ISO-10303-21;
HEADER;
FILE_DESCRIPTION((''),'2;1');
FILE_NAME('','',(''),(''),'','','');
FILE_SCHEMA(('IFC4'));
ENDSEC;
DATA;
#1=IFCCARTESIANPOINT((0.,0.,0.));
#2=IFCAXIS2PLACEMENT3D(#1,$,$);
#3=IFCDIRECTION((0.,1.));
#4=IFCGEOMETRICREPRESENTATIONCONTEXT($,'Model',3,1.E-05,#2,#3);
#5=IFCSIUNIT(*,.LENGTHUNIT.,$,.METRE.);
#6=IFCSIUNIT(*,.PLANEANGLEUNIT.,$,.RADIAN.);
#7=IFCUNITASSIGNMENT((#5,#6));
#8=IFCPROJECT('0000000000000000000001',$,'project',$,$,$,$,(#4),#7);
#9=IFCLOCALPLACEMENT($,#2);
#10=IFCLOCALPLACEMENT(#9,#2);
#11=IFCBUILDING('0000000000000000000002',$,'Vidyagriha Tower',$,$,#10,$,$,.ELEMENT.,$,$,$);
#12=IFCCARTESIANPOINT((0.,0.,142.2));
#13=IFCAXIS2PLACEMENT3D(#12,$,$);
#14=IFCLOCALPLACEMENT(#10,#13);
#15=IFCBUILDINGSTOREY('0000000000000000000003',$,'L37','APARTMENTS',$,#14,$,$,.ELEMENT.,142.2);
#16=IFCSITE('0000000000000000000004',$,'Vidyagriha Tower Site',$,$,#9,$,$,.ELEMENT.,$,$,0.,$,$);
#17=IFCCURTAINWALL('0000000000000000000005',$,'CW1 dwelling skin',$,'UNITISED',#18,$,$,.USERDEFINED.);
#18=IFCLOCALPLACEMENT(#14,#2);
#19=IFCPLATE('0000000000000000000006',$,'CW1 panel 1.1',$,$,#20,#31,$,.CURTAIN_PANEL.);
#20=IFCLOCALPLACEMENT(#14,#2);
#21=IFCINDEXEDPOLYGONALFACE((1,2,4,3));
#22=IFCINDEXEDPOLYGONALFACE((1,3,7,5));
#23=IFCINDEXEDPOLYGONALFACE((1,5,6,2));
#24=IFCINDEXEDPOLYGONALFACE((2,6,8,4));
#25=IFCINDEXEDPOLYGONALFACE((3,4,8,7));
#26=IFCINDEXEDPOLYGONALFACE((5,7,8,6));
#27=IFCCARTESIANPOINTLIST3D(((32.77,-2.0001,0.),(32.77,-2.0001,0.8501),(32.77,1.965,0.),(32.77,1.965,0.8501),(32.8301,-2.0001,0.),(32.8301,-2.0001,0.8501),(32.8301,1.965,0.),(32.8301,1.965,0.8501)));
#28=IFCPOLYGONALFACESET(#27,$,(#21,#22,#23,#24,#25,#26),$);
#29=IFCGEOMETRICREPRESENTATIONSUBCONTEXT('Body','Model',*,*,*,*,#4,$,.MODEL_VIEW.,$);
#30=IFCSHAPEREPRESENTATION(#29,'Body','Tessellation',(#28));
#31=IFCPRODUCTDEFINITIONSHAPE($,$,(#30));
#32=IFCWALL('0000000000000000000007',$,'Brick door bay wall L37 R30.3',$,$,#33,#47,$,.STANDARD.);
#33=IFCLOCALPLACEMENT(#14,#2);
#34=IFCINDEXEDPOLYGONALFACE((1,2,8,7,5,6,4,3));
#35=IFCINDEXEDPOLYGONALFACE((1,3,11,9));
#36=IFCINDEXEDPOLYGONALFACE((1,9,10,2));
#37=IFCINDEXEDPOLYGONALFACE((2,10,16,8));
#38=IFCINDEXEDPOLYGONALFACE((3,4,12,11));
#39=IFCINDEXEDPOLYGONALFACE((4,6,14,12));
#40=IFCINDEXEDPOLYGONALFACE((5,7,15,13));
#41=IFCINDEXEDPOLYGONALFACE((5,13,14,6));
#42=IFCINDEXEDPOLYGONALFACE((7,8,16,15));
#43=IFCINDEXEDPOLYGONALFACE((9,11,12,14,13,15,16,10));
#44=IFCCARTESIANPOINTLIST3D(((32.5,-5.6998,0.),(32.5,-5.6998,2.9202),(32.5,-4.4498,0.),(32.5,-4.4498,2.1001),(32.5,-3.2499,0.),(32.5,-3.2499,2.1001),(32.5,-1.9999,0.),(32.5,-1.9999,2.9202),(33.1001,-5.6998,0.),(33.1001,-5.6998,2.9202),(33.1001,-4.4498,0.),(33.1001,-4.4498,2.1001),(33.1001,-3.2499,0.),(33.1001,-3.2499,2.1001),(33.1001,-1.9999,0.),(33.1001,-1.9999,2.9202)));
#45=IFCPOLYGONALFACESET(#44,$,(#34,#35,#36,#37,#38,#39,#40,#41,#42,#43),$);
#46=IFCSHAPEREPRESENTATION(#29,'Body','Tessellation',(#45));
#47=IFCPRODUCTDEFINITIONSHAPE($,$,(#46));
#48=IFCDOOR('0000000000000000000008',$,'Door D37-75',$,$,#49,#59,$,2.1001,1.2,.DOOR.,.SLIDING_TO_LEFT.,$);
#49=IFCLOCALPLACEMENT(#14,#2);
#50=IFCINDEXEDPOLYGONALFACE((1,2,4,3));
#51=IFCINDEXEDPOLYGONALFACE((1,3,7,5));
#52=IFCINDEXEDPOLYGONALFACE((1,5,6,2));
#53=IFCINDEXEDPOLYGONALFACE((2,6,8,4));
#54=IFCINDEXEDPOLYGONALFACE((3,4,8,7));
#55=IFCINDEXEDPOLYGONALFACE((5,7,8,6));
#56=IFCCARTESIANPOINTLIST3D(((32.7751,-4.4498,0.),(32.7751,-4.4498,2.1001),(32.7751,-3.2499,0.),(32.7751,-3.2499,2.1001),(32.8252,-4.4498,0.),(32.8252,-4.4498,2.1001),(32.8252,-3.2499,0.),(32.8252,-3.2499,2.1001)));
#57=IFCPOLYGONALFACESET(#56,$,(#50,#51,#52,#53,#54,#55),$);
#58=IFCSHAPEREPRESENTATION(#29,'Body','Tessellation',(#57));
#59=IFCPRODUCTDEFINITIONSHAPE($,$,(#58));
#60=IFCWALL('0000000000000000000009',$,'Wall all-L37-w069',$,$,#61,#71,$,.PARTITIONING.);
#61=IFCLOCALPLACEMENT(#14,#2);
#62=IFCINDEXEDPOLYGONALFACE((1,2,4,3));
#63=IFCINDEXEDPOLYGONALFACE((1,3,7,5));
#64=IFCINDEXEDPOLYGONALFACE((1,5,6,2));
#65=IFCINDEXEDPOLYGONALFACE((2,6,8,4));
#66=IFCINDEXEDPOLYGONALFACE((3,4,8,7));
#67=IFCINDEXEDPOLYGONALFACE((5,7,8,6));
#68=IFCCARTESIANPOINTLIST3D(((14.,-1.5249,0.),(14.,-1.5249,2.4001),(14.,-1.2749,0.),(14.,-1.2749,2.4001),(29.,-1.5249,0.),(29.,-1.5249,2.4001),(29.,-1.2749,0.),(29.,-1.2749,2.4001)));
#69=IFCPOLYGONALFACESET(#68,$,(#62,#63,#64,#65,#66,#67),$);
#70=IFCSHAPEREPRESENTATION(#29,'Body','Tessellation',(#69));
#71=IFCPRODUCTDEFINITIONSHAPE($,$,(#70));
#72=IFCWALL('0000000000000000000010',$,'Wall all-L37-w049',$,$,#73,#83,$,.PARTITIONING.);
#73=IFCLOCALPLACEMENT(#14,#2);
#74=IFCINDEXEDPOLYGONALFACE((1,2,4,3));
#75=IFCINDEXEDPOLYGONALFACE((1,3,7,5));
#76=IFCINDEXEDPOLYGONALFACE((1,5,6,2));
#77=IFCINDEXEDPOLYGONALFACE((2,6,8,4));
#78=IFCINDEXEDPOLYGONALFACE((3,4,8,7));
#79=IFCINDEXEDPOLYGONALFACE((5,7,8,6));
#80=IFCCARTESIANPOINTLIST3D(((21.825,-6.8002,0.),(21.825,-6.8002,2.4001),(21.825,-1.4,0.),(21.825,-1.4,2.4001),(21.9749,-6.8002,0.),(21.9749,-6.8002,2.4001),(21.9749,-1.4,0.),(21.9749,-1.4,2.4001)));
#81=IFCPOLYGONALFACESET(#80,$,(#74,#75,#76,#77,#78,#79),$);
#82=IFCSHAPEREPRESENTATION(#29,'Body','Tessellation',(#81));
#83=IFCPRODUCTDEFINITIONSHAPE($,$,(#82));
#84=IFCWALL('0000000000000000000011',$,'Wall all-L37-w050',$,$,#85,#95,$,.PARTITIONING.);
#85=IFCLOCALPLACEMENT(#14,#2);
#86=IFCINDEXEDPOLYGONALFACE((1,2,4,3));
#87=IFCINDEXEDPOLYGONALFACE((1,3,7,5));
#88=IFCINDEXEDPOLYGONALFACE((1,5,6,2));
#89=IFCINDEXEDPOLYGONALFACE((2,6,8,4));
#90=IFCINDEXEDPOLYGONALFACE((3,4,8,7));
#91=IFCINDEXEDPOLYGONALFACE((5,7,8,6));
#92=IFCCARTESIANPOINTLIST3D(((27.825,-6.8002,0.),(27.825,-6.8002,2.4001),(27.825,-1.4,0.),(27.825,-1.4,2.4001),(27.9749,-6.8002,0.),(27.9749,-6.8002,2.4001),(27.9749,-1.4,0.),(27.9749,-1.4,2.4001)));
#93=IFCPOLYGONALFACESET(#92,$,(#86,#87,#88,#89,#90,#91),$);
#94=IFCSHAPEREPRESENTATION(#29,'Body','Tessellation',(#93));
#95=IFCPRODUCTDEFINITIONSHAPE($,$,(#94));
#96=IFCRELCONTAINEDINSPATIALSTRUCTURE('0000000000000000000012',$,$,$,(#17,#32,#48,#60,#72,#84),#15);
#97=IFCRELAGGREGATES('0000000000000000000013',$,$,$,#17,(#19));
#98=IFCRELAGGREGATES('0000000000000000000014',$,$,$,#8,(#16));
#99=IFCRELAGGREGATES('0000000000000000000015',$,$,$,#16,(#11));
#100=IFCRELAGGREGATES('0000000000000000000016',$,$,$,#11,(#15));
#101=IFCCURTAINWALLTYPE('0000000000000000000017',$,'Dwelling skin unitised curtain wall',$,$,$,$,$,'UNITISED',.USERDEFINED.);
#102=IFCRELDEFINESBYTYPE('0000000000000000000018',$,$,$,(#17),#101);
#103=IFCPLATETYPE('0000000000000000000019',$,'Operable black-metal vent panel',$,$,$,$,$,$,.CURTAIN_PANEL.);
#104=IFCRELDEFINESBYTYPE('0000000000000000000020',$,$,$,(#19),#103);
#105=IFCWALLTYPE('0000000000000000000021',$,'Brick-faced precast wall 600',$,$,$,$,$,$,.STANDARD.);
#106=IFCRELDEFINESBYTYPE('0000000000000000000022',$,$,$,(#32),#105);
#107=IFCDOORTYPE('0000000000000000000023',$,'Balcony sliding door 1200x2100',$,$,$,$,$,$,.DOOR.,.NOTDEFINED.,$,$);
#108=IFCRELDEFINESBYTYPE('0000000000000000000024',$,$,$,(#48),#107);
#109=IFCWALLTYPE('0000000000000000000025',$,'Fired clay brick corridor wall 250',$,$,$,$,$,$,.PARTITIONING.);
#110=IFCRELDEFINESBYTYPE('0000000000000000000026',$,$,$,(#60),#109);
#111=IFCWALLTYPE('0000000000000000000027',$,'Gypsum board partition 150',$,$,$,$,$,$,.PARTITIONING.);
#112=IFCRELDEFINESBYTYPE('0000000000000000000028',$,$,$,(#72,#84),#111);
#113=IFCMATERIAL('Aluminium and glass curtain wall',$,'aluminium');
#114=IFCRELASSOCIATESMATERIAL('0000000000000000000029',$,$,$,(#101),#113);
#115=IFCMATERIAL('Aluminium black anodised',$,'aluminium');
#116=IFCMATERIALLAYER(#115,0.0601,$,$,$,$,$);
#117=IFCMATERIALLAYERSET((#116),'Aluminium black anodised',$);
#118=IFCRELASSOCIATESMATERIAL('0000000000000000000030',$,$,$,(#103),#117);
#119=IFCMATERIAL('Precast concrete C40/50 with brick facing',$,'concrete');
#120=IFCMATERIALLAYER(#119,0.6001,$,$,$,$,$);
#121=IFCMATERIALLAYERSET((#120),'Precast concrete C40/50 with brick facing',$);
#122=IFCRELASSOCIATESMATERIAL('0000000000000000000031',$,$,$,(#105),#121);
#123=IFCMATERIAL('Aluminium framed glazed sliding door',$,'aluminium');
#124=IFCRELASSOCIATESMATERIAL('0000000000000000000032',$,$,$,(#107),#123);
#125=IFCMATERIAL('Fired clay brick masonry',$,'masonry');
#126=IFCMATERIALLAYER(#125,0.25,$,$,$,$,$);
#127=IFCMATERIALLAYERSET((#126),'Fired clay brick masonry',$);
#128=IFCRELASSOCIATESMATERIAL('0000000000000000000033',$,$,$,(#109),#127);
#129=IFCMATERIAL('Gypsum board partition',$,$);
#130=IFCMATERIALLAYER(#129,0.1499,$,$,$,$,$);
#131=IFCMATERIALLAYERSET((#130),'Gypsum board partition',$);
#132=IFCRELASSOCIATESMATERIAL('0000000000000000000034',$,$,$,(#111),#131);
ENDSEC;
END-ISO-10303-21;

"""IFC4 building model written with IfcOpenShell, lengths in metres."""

from ifc_helpers import new_model, si_unit, direction, frame, frame_2d, origin, origin_2d, place, context, subcontext, project, spatial, rectangle, extrude, material, layer, layer_set, type_object, element, fill, aggregate, save


model = new_model("IFC4")

# Units and contexts
model_context = context("Model", 3, precision=1e-05, world=origin(), true_north=direction((0.0, 1.0)))
body_context = subcontext(model_context, "Body", "Model", "MODEL_VIEW")
ifc_project = project(units=[si_unit("LENGTHUNIT", "METRE"), si_unit("PLANEANGLEUNIT", "RADIAN")], contexts=[model_context])

# Site, building, storey
site_placement = place(None, origin())
site = spatial("IfcSite", under=ifc_project, at=site_placement, Name="Vidyagriha Tower Site", CompositionType="ELEMENT", RefElevation=0.0)
building_placement = place(site_placement, origin())
building = spatial("IfcBuilding", under=site, at=building_placement, Name="Vidyagriha Tower", CompositionType="ELEMENT")
storey_placement = place(building_placement, frame((0.0, 0.0, 142.2)))
storey = spatial("IfcBuildingStorey", under=building, at=storey_placement, Name="L37", Description="APARTMENTS", CompositionType="ELEMENT", Elevation=142.2)

# Shared definitions
ifc_material_1 = material(Name="Aluminium and glass curtain wall", Category="aluminium")
curtain_wall_type = type_object("IfcCurtainWallType", Name="Dwelling skin unitised curtain wall", ElementType="UNITISED", PredefinedType="USERDEFINED", material=ifc_material_1)

# Curtain wall
curtain_wall_1_placement = place(storey_placement, origin())
curtain_wall_1 = element("IfcCurtainWall", 1, at=curtain_wall_1_placement, inside=storey, type_object=curtain_wall_type, Name="CW1 dwelling skin", ObjectType="UNITISED", PredefinedType="USERDEFINED")

# Plate
ifc_material_2 = material(Name="Aluminium black anodised", Category="aluminium")
ifc_layer_1 = layer(ifc_material_2, 0.0601)
ifc_layer_set_1 = layer_set([ifc_layer_1], Name="Aluminium black anodised")
plate_type_1 = type_object("IfcPlateType", Name="Operable black-metal vent panel", PredefinedType="CURTAIN_PANEL", material=ifc_layer_set_1)
plate_1_placement = place(storey_placement, frame((32.8, -0.0176, 0.0), z_axis=(0.0, 0.0, 1.0), x_axis=(0.0, 1.0, 0.0)))
plate_1 = element("IfcPlate", 2, at=plate_1_placement, type_object=plate_type_1, Name="CW1 panel 1.1", PredefinedType="CURTAIN_PANEL", context=body_context, shape_type="SweptSolid", body=[
    extrude(rectangle(XDim=3.9651, YDim=0.0601, at=origin_2d()), origin(), (0.0, 0.0, 1.0), 0.8501),
])
aggregate(curtain_wall_1, [plate_1])

# Wall, opening, door
ifc_material_3 = material(Name="Precast concrete C40/50 with brick facing", Category="concrete")
ifc_layer_2 = layer(ifc_material_3, 0.6001)
ifc_layer_set_2 = layer_set([ifc_layer_2], Name="Precast concrete C40/50 with brick facing")
wall_type_1 = type_object("IfcWallType", Name="Brick-faced precast wall 600", PredefinedType="STANDARD", material=ifc_layer_set_2)
wall_1_placement = place(storey_placement, frame((32.8, -5.7, 0.0), z_axis=(0.0, 0.0, 1.0), x_axis=(0.0, 1.0, 0.0)))
wall_1 = element("IfcWall", 3, at=wall_1_placement, inside=storey, type_object=wall_type_1, Name="Brick door bay wall L37 R30.3", PredefinedType="STANDARD", context=body_context, shape_type="SweptSolid", body=[
    extrude(rectangle(XDim=3.7, YDim=0.6001, at=frame_2d((1.8501, 0.0))), origin(), (0.0, 0.0, 1.0), 2.9202),
])
opening_1_placement = place(wall_1_placement, frame((1.25, 0.0, 0.0)))
opening_1 = element("IfcOpeningElement", 4, at=opening_1_placement, cuts=wall_1, PredefinedType="OPENING", context=body_context, shape_type="SweptSolid", body=[
    extrude(rectangle(XDim=1.2, YDim=2.1001, at=frame_2d((0.6001, 1.05))), frame((0.0, 0.3101, 0.0), z_axis=(0.0, -1.0, 0.0), x_axis=(1.0, 0.0, 0.0)), (0.0, 0.0, 1.0), 0.6201),
])
ifc_material_4 = material(Name="Aluminium framed glazed sliding door", Category="aluminium")
door_type_1 = type_object("IfcDoorType", Name="Balcony sliding door 1200x2100", OperationType="NOTDEFINED", PredefinedType="DOOR", material=ifc_material_4)
door_1_placement = place(opening_1_placement, origin())
door_1 = element("IfcDoor", 5, at=door_1_placement, inside=storey, type_object=door_type_1, Name="Door D37-75", OperationType="SLIDING_TO_LEFT", OverallHeight=2.1001, OverallWidth=1.2, PredefinedType="DOOR", context=body_context, shape_type="SweptSolid", body=[
    extrude(rectangle(XDim=1.2, YDim=2.1001, at=frame_2d((0.6001, 1.05))), frame((0.0, 0.0249, 0.0), z_axis=(0.0, -1.0, 0.0), x_axis=(1.0, 0.0, 0.0)), (0.0, 0.0, 1.0), 0.05),
])
fill(opening_1, door_1)

# Walls
ifc_material_5 = material(Name="Fired clay brick masonry", Category="masonry")
ifc_layer_3 = layer(ifc_material_5, 0.25)
ifc_layer_set_3 = layer_set([ifc_layer_3], Name="Fired clay brick masonry")
wall_type_2 = type_object("IfcWallType", Name="Fired clay brick corridor wall 250", PredefinedType="PARTITIONING", material=ifc_layer_set_3)
wall_2_placement = place(storey_placement, frame((29.0, -1.3999, 0.0), z_axis=(0.0, 0.0, 1.0), x_axis=(-1.0, 0.0, 0.0)))
element("IfcWall", 6, at=wall_2_placement, inside=storey, type_object=wall_type_2, Name="Wall all-L37-w069", PredefinedType="PARTITIONING", context=body_context, shape_type="SweptSolid", body=[
    extrude(rectangle(XDim=15.0, YDim=0.25, at=frame_2d((7.5, 0.0))), origin(), (0.0, 0.0, 1.0), 2.4001),
])
ifc_material_6 = material(Name="Gypsum board partition")
ifc_layer_4 = layer(ifc_material_6, 0.1499)
ifc_layer_set_4 = layer_set([ifc_layer_4], Name="Gypsum board partition")
wall_type_3 = type_object("IfcWallType", Name="Gypsum board partition 150", PredefinedType="PARTITIONING", material=ifc_layer_set_4)
for number, where, z_axis, x_axis, name in (
    (7, (21.8999, -1.3999, 0.0), (0.0, 0.0, 1.0), (0.0, -1.0, 0.0), "Wall all-L37-w049"),
    (8, (27.8999, -1.3999, 0.0), (0.0, 0.0, 1.0), (0.0, -1.0, 0.0), "Wall all-L37-w050"),
):
    element("IfcWall", number, at=place(storey_placement, frame(where, z_axis=z_axis, x_axis=x_axis)), inside=storey, type_object=wall_type_3, Name=name, PredefinedType="PARTITIONING", context=body_context, shape_type="SweptSolid", body=[
        extrude(rectangle(XDim=5.4001, YDim=0.1499, at=frame_2d((2.7002, 0.0))), origin(), (0.0, 0.0, 1.0), 2.4001),
    ])

save(model, "model.ifc")
